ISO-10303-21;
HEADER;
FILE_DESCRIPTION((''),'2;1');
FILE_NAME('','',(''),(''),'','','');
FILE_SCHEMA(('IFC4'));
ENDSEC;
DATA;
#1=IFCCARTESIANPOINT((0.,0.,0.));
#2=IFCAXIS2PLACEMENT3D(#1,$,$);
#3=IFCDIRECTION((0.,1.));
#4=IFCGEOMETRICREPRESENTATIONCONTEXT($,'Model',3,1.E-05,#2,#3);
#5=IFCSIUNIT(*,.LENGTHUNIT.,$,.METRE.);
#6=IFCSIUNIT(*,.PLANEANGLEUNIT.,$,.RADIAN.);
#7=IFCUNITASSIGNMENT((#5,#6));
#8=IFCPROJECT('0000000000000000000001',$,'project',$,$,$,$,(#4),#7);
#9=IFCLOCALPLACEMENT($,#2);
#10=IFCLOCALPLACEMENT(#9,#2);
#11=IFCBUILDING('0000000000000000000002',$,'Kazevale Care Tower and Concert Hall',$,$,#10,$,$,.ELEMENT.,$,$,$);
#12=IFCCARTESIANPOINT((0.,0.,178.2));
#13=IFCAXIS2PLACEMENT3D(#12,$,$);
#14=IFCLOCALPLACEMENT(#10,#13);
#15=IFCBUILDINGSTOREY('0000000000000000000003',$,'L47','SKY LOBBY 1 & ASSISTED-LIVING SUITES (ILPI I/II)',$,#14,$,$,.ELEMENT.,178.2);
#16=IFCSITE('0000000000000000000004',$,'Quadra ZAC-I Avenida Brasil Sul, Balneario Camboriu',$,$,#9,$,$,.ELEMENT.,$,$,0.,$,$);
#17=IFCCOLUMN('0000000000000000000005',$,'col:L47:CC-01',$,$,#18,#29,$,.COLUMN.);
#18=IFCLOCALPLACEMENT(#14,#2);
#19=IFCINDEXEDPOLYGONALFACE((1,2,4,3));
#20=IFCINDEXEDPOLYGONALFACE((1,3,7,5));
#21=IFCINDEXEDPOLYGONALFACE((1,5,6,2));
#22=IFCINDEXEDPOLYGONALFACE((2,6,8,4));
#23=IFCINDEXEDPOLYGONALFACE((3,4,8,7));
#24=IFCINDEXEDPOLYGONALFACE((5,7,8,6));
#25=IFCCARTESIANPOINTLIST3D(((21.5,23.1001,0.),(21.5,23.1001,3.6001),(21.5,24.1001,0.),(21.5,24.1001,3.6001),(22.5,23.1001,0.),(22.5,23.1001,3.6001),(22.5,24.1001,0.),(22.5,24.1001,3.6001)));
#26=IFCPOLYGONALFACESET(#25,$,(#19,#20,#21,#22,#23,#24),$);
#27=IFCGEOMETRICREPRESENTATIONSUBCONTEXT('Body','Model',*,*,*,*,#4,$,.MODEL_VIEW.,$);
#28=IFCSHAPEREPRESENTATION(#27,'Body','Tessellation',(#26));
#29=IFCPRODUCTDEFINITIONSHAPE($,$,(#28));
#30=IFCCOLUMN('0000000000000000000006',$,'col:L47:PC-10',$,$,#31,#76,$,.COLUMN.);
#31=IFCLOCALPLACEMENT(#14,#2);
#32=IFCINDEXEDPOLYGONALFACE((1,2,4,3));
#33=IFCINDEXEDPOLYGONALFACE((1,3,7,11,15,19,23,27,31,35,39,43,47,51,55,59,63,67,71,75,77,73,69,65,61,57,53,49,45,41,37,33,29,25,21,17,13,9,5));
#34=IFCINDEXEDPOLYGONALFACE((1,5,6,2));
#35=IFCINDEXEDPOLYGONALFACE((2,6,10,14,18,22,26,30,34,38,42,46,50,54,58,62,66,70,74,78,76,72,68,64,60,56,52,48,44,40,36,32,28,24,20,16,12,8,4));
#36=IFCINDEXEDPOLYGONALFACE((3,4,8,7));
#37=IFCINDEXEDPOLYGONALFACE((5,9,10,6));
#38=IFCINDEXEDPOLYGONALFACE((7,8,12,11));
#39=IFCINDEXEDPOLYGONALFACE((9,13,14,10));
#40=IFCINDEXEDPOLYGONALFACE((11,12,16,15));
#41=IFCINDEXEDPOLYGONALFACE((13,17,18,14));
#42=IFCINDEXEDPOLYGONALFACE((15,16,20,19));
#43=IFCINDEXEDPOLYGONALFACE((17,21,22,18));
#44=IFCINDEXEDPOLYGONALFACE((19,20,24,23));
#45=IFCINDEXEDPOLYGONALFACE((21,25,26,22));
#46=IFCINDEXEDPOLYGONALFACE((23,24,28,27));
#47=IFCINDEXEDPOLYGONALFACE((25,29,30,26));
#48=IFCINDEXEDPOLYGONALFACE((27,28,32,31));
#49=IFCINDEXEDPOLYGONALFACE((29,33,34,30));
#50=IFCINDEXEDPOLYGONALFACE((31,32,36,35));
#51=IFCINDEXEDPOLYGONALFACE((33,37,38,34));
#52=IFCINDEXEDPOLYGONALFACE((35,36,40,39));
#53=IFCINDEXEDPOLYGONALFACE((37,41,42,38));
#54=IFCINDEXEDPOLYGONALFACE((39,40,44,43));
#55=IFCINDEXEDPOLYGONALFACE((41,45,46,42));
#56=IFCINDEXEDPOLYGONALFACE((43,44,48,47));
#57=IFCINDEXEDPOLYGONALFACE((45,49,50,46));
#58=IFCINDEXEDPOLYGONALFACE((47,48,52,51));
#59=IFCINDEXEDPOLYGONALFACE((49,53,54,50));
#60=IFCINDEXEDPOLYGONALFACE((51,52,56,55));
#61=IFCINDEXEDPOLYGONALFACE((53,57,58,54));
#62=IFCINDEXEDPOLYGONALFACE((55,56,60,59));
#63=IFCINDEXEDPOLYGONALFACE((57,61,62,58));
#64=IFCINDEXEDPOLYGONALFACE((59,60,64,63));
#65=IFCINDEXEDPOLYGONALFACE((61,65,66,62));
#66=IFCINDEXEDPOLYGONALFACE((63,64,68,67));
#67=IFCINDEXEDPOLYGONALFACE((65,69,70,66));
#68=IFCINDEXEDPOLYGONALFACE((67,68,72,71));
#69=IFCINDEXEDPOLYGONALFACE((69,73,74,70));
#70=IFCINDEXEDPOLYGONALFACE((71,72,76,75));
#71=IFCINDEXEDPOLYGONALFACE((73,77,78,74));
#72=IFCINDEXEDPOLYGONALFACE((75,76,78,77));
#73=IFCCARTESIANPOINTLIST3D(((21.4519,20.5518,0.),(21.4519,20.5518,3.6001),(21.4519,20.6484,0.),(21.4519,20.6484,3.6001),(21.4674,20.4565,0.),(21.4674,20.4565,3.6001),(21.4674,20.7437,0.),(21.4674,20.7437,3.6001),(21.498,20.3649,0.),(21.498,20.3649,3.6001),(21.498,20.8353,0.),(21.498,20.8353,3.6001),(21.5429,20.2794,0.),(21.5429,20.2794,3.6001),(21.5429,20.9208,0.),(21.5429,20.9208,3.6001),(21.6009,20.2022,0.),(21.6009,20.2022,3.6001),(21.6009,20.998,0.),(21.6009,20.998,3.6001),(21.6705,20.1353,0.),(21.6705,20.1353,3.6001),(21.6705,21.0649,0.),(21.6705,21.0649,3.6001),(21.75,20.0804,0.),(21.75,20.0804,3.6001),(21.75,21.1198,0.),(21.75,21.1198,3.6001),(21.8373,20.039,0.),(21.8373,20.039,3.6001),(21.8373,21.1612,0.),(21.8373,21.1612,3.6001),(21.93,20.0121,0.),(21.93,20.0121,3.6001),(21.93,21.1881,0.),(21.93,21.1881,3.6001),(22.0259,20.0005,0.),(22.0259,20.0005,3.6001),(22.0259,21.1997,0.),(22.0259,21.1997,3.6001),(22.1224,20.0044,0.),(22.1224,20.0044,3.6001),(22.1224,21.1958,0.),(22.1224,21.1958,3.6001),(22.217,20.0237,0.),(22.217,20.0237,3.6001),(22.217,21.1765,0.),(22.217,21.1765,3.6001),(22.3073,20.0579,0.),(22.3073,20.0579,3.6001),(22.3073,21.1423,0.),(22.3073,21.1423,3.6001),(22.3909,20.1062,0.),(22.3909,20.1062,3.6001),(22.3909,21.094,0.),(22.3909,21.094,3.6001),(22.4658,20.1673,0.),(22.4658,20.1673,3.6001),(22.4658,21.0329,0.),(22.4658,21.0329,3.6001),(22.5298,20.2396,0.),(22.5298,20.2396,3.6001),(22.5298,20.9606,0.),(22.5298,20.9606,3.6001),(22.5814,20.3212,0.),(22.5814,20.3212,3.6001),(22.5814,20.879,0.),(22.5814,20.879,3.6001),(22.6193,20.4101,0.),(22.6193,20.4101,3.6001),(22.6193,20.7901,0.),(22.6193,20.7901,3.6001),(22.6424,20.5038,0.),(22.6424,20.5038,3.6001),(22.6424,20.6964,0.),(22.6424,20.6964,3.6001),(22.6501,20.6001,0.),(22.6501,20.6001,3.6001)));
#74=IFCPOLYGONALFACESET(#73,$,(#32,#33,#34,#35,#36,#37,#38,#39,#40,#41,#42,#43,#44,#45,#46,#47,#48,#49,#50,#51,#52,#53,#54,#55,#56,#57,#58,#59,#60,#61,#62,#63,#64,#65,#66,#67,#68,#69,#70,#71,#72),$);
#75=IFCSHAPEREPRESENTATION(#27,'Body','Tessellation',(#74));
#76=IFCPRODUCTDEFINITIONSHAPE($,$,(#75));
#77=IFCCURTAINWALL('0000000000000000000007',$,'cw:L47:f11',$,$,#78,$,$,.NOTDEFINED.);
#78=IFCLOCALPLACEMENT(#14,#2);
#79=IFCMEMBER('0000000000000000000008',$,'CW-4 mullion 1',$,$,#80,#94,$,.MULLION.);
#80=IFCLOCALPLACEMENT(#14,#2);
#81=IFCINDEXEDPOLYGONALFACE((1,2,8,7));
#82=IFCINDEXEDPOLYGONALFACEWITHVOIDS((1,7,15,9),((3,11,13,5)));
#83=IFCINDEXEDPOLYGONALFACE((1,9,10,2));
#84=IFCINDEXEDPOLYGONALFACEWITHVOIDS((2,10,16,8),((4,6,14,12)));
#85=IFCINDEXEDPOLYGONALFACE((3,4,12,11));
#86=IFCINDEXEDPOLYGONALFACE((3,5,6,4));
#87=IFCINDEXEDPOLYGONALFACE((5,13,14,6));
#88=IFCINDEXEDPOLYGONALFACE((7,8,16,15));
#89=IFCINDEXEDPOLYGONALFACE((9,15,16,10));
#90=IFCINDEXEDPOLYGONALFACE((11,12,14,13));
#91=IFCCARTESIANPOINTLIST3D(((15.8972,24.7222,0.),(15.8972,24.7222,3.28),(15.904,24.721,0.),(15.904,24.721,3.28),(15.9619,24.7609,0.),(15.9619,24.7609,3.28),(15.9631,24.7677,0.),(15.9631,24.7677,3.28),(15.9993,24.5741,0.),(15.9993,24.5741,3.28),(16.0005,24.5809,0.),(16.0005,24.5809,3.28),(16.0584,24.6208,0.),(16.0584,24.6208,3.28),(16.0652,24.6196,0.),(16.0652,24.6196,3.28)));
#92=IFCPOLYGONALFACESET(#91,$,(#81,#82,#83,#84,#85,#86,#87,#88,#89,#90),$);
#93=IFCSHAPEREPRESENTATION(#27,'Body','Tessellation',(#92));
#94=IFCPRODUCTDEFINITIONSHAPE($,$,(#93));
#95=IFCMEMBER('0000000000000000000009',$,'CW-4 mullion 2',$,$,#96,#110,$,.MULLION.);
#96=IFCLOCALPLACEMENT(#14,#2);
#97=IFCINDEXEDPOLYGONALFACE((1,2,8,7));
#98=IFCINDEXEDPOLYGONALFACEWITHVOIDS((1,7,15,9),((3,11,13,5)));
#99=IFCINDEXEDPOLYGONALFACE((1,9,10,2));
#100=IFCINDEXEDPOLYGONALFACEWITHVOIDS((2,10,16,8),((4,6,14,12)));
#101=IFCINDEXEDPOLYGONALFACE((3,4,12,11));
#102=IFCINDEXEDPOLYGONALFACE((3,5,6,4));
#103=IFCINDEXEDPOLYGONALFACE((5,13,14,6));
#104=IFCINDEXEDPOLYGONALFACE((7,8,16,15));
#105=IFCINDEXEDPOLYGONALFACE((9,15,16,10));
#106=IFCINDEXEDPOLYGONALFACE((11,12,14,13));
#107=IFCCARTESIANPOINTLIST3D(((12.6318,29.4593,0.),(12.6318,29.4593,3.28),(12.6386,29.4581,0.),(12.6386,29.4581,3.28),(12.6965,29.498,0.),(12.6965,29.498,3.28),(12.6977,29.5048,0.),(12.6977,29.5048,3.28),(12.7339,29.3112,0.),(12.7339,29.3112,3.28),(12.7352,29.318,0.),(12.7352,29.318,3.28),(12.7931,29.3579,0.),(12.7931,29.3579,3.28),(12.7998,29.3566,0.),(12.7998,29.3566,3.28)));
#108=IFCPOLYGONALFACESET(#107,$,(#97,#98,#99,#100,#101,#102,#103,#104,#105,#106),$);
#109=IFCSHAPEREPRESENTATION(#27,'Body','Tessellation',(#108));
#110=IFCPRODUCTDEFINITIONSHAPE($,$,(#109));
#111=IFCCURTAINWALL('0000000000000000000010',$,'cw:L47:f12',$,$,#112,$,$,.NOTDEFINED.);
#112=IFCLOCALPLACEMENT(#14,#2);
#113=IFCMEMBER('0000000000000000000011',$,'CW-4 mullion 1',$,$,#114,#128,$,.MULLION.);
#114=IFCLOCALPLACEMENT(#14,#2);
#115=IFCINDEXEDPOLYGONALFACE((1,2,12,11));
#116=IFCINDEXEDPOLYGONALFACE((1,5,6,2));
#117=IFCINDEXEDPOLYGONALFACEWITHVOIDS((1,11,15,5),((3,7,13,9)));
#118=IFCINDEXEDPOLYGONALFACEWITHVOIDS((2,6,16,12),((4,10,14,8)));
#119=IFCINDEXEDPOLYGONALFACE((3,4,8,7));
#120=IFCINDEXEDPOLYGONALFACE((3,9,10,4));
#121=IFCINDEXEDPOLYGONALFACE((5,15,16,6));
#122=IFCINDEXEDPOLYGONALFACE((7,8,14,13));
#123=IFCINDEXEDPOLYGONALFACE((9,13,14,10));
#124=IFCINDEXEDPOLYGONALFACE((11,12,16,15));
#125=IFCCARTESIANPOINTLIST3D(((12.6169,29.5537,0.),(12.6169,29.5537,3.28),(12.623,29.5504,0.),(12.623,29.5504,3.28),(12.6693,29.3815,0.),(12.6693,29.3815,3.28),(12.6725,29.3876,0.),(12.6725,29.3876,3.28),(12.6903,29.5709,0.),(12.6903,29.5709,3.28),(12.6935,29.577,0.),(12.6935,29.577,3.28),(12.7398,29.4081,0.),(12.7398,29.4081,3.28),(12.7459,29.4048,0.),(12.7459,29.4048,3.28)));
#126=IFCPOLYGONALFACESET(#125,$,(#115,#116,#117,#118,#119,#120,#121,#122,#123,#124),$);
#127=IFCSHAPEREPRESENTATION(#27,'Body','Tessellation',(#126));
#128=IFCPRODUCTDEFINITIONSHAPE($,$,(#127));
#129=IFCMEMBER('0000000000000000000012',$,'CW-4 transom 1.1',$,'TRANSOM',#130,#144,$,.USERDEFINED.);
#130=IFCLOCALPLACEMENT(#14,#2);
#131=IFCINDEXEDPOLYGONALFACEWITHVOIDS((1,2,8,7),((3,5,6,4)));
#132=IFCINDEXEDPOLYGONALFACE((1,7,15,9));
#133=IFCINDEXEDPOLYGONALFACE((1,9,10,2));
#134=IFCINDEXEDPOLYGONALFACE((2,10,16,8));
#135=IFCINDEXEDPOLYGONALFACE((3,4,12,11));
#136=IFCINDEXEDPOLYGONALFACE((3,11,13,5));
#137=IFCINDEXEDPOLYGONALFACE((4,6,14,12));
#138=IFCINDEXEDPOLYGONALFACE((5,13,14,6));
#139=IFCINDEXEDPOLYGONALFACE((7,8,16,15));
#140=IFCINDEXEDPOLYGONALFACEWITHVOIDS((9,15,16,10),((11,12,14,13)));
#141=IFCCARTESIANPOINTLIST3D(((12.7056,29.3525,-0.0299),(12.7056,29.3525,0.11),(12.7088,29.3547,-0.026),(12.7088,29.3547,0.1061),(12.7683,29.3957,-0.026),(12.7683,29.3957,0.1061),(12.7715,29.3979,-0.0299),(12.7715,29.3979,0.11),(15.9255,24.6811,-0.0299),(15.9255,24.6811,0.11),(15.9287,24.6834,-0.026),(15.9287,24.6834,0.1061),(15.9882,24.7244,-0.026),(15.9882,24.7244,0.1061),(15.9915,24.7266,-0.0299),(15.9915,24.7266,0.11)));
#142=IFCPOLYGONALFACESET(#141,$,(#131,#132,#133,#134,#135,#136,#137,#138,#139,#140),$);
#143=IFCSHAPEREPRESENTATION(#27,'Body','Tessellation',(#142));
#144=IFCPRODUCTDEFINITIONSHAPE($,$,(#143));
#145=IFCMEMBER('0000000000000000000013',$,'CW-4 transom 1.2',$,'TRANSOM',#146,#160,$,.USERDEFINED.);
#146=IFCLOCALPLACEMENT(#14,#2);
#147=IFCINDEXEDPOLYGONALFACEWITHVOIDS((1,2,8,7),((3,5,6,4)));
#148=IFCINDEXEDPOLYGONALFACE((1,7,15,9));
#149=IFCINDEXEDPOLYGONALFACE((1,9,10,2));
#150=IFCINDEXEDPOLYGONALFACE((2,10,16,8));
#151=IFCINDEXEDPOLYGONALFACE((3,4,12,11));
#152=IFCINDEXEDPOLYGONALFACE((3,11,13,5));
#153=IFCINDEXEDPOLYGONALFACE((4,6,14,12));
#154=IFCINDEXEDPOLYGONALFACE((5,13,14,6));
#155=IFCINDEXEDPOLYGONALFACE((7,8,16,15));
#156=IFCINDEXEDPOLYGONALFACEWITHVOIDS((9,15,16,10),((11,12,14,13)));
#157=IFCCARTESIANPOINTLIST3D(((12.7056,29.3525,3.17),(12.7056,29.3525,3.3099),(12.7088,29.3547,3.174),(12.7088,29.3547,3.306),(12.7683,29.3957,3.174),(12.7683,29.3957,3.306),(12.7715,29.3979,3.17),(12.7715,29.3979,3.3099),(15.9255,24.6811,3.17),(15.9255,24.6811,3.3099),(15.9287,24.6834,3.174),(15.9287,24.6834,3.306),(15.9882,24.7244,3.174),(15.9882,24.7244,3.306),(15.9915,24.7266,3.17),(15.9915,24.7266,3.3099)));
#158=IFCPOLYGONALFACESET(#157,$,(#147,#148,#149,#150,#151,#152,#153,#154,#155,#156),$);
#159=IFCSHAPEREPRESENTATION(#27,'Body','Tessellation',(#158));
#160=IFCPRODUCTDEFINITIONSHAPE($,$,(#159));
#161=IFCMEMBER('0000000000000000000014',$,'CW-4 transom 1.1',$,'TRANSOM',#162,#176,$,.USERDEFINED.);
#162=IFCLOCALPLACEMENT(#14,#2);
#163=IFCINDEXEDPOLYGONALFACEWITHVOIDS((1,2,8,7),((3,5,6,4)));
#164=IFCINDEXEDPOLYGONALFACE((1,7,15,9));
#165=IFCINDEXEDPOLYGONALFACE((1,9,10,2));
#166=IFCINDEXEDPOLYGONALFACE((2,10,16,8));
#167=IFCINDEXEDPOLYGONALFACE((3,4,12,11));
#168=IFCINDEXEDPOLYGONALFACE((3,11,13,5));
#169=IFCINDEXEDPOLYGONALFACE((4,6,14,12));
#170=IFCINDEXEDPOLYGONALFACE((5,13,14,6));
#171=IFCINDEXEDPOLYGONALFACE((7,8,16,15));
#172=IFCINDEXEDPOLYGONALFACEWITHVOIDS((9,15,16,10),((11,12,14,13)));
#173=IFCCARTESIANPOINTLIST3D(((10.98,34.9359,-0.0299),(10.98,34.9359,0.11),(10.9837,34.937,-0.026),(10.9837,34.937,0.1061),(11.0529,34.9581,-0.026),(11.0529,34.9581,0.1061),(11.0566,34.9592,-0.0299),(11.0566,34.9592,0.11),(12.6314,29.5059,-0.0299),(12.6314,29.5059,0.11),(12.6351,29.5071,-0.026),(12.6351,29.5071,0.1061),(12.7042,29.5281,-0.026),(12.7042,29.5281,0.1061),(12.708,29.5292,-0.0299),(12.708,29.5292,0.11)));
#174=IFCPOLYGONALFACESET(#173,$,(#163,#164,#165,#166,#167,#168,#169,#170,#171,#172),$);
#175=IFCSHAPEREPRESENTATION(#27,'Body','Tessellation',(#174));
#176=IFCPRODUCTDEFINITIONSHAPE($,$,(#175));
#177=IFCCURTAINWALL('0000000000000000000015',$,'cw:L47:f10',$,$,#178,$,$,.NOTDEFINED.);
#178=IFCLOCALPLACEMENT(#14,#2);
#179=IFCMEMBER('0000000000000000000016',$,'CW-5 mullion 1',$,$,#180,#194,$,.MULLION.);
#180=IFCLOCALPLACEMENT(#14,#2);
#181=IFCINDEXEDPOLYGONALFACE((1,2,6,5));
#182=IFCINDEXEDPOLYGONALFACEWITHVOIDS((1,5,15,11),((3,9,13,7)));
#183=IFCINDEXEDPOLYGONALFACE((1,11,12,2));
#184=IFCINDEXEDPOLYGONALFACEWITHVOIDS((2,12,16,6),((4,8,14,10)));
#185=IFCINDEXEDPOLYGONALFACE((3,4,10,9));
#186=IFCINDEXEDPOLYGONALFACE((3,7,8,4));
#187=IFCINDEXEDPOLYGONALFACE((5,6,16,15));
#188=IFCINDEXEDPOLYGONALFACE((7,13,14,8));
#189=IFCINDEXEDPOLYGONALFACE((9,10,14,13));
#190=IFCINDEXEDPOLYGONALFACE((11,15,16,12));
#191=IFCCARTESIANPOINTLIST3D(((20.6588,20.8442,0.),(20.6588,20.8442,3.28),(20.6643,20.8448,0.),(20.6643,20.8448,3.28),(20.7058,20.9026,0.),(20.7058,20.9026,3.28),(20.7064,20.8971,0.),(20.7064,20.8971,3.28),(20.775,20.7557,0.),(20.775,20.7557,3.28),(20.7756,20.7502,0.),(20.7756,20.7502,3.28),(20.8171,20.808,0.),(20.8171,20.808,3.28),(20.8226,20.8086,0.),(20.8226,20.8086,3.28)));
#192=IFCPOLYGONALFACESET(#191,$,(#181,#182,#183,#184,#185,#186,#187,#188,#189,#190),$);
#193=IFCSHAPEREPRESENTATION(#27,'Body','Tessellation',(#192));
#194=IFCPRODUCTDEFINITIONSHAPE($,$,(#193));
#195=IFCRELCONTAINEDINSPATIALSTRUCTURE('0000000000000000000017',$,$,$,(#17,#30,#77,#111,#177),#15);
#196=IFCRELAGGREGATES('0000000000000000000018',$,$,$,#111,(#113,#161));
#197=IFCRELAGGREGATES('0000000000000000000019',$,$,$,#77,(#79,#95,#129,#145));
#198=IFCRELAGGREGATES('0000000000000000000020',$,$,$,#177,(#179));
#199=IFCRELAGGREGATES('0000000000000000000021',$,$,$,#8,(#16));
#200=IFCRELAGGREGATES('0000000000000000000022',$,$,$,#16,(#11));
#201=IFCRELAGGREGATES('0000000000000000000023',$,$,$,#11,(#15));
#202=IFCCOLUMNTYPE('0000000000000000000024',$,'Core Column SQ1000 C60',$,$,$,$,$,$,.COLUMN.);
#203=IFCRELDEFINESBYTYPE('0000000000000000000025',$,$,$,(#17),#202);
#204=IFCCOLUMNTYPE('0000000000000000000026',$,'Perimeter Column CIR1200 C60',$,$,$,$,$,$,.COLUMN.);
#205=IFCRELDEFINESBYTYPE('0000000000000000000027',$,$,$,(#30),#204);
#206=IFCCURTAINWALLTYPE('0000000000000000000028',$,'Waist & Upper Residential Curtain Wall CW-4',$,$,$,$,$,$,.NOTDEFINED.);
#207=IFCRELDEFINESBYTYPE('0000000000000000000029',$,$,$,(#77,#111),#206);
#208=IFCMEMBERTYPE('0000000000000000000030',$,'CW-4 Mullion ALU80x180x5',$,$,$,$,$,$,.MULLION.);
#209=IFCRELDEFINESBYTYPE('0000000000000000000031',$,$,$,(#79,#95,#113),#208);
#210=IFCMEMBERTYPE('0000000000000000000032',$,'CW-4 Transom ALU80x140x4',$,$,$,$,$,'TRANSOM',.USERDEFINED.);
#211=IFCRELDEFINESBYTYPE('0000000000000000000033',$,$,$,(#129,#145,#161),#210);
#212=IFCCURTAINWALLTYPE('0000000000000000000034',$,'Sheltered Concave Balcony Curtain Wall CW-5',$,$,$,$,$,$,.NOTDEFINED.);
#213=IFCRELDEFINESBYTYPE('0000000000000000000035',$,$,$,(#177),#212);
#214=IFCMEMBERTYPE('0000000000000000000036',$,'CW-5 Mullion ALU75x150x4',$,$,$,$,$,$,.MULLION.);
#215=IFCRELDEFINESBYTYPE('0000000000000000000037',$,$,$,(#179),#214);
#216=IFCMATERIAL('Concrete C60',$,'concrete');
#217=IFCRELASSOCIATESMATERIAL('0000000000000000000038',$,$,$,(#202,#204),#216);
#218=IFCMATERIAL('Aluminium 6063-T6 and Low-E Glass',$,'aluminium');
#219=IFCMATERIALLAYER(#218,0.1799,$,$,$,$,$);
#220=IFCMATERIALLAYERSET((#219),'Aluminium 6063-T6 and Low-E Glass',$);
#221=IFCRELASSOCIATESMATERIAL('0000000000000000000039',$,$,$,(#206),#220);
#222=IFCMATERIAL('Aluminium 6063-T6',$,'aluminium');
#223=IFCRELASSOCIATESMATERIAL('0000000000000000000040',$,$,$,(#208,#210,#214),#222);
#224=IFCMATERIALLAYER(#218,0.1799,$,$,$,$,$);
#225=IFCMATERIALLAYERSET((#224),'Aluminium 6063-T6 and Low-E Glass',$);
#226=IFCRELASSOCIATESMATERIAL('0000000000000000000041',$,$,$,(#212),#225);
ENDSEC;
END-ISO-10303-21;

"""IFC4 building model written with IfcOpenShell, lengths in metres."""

from ifc_helpers import new_model, si_unit, direction, frame, origin, origin_2d, place, context, subcontext, project, spatial, rectangle, hollow_rectangle, circle, extrude, material, layer, layer_set, material_profile, profile_set, type_object, element, aggregate, save


model = new_model("IFC4")

# Units and contexts
model_context = context("Model", 3, precision=1e-05, world=origin(), true_north=direction((0.0, 1.0)))
body_context = subcontext(model_context, "Body", "Model", "MODEL_VIEW")
ifc_project = project(units=[si_unit("LENGTHUNIT", "METRE"), si_unit("PLANEANGLEUNIT", "RADIAN")], contexts=[model_context])

# Site, building, storey
site_placement = place(None, origin())
site = spatial("IfcSite", under=ifc_project, at=site_placement, Name="Quadra ZAC-I Avenida Brasil Sul, Balneario Camboriu", CompositionType="ELEMENT", RefElevation=0.0)
building_placement = place(site_placement, origin())
building = spatial("IfcBuilding", under=site, at=building_placement, Name="Kazevale Care Tower and Concert Hall", CompositionType="ELEMENT")
storey_placement = place(building_placement, frame((0.0, 0.0, 178.2)))
storey = spatial("IfcBuildingStorey", under=building, at=storey_placement, Name="L47", Description="SKY LOBBY 1 & ASSISTED-LIVING SUITES (ILPI I/II)", CompositionType="ELEMENT", Elevation=178.2)

# Columns
ifc_material_1 = material(Name="Concrete C60", Category="concrete")
ifc_material_profile_1 = material_profile(ifc_material_1, rectangle(XDim=1.0, YDim=1.0, at=origin_2d()), Name="RC-SQ1000")
ifc_profile_set_1 = profile_set([ifc_material_profile_1], Name="Concrete C60")
column_type_1 = type_object("IfcColumnType", Name="Core Column SQ1000 C60", PredefinedType="COLUMN", material=ifc_profile_set_1)
column_1_placement = place(storey_placement, frame((22.0, 23.6001, 0.0), z_axis=(0.0, 0.0, 1.0), x_axis=(1.0, 0.0, 0.0)))
element("IfcColumn", 1, at=column_1_placement, inside=storey, type_object=column_type_1, Name="col:L47:CC-01", PredefinedType="COLUMN", context=body_context, shape_type="SweptSolid", body=[
    extrude(rectangle(XDim=1.0, YDim=1.0, at=origin_2d()), origin(), (0.0, 0.0, 1.0), 3.6001),
])
ifc_material_profile_2 = material_profile(ifc_material_1, circle(Radius=0.6001, at=origin_2d()), Name="RC-CIR1200")
ifc_profile_set_2 = profile_set([ifc_material_profile_2], Name="Concrete C60")
column_type_2 = type_object("IfcColumnType", Name="Perimeter Column CIR1200 C60", PredefinedType="COLUMN", material=ifc_profile_set_2)
column_2_placement = place(storey_placement, frame((22.05, 20.6001, 0.0), z_axis=(0.0, 0.0, 1.0), x_axis=(1.0, 0.0, 0.0)))
element("IfcColumn", 2, at=column_2_placement, inside=storey, type_object=column_type_2, Name="col:L47:PC-10", PredefinedType="COLUMN", context=body_context, shape_type="SweptSolid", body=[
    extrude(circle(Radius=0.6001, at=origin_2d()), origin(), (0.0, 0.0, 1.0), 3.6001),
])

# Curtain wall, members
ifc_material_2 = material(Name="Aluminium 6063-T6 and Low-E Glass", Category="aluminium")
ifc_layer_1 = layer(ifc_material_2, 0.1799)
ifc_layer_set_1 = layer_set([ifc_layer_1], Name="Aluminium 6063-T6 and Low-E Glass")
curtain_wall_type_1 = type_object("IfcCurtainWallType", Name="Waist & Upper Residential Curtain Wall CW-4", PredefinedType="NOTDEFINED", material=ifc_layer_set_1)
curtain_wall_1_placement = place(storey_placement, origin())
curtain_wall_1 = element("IfcCurtainWall", 3, at=curtain_wall_1_placement, inside=storey, type_object=curtain_wall_type_1, Name="cw:L47:f11", PredefinedType="NOTDEFINED")
ifc_material_3 = material(Name="Aluminium 6063-T6", Category="aluminium")
ifc_material_profile_3 = material_profile(ifc_material_3, hollow_rectangle(XDim=0.0801, YDim=0.1799, WallThickness=0.0049, at=origin_2d()), Name="ALU80x180x5")
ifc_profile_set_3 = profile_set([ifc_material_profile_3], Name="Aluminium 6063-T6")
member_type_1 = type_object("IfcMemberType", Name="CW-4 Mullion ALU80x180x5", PredefinedType="MULLION", material=ifc_profile_set_3)
member_1_placement = place(storey_placement, frame((15.9812, 24.6709, 0.0), z_axis=(0.0, 0.0, 1.0), x_axis=(-0.823326, -0.567569, 0.0)))
member_1 = element("IfcMember", 4, at=member_1_placement, type_object=member_type_1, Name="CW-4 mullion 1", PredefinedType="MULLION", context=body_context, shape_type="SweptSolid", body=[
    extrude(hollow_rectangle(XDim=0.0801, YDim=0.1799, WallThickness=0.0049, at=origin_2d()), origin(), (0.0, 0.0, 1.0), 3.28),
])
member_2_placement = place(storey_placement, frame((12.7158, 29.408, 0.0), z_axis=(0.0, 0.0, 1.0), x_axis=(-0.823326, -0.567569, 0.0)))
member_2 = element("IfcMember", 5, at=member_2_placement, type_object=member_type_1, Name="CW-4 mullion 2", PredefinedType="MULLION", context=body_context, shape_type="SweptSolid", body=[
    extrude(hollow_rectangle(XDim=0.0801, YDim=0.1799, WallThickness=0.0049, at=origin_2d()), origin(), (0.0, 0.0, 1.0), 3.28),
])

# Curtain wall, member
curtain_wall_2_placement = place(storey_placement, origin())
curtain_wall_2 = element("IfcCurtainWall", 6, at=curtain_wall_2_placement, inside=storey, type_object=curtain_wall_type_1, Name="cw:L47:f12", PredefinedType="NOTDEFINED")
member_3_placement = place(storey_placement, frame((12.6814, 29.4792, 0.0), z_axis=(0.0, 0.0, 1.0), x_axis=(-0.95673, -0.290977, 0.0)))
member_3 = element("IfcMember", 7, at=member_3_placement, type_object=member_type_1, Name="CW-4 mullion 1", PredefinedType="MULLION", context=body_context, shape_type="SweptSolid", body=[
    extrude(hollow_rectangle(XDim=0.0801, YDim=0.1799, WallThickness=0.0049, at=origin_2d()), origin(), (0.0, 0.0, 1.0), 3.28),
])

# Members
ifc_material_profile_4 = material_profile(ifc_material_3, hollow_rectangle(XDim=0.0801, YDim=0.1399, WallThickness=0.0039, at=origin_2d()), Name="ALU80x140x4")
ifc_profile_set_4 = profile_set([ifc_material_profile_4], Name="Aluminium 6063-T6")
member_type_2 = type_object("IfcMemberType", Name="CW-4 Transom ALU80x140x4", ElementType="TRANSOM", PredefinedType="USERDEFINED", material=ifc_profile_set_4)
member_4_placement = place(storey_placement, frame((15.9585, 24.7039, 0.04), z_axis=(-0.567533, 0.823351, 0.0), x_axis=(-0.823351, -0.567533, 0.0)))
member_4 = element("IfcMember", 8, at=member_4_placement, type_object=member_type_2, Name="CW-4 transom 1.1", ObjectType="TRANSOM", PredefinedType="USERDEFINED", context=body_context, shape_type="SweptSolid", body=[
    extrude(hollow_rectangle(XDim=0.0801, YDim=0.1399, WallThickness=0.0039, at=origin_2d()), origin(), (0.0, 0.0, 1.0), 5.6736),
])
member_5_placement = place(storey_placement, frame((15.9585, 24.7039, 3.24), z_axis=(-0.567533, 0.823351, 0.0), x_axis=(-0.823351, -0.567533, 0.0)))
member_5 = element("IfcMember", 9, at=member_5_placement, type_object=member_type_2, Name="CW-4 transom 1.2", ObjectType="TRANSOM", PredefinedType="USERDEFINED", context=body_context, shape_type="SweptSolid", body=[
    extrude(hollow_rectangle(XDim=0.0801, YDim=0.1399, WallThickness=0.0039, at=origin_2d()), origin(), (0.0, 0.0, 1.0), 5.6736),
])
member_6_placement = place(storey_placement, frame((12.6697, 29.5176, 0.04), z_axis=(-0.290965, 0.956734, 0.0), x_axis=(-0.956734, -0.290965, 0.0)))
member_6 = element("IfcMember", 10, at=member_6_placement, type_object=member_type_2, Name="CW-4 transom 1.1", ObjectType="TRANSOM", PredefinedType="USERDEFINED", context=body_context, shape_type="SweptSolid", body=[
    extrude(hollow_rectangle(XDim=0.0801, YDim=0.1399, WallThickness=0.0039, at=origin_2d()), origin(), (0.0, 0.0, 1.0), 5.6755),
])
aggregate(curtain_wall_2, [member_3, member_6])

# Curtain wall, member
ifc_layer_2 = layer(ifc_material_2, 0.1799)
ifc_layer_set_2 = layer_set([ifc_layer_2], Name="Aluminium 6063-T6 and Low-E Glass")
curtain_wall_type_2 = type_object("IfcCurtainWallType", Name="Sheltered Concave Balcony Curtain Wall CW-5", PredefinedType="NOTDEFINED", material=ifc_layer_set_2)
curtain_wall_3_placement = place(storey_placement, origin())
curtain_wall_3 = element("IfcCurtainWall", 11, at=curtain_wall_3_placement, inside=storey, type_object=curtain_wall_type_2, Name="cw:L47:f10", PredefinedType="NOTDEFINED")
ifc_material_profile_5 = material_profile(ifc_material_3, hollow_rectangle(XDim=0.075, YDim=0.1499, WallThickness=0.0039, at=origin_2d()), Name="ALU75x150x4")
ifc_profile_set_5 = profile_set([ifc_material_profile_5], Name="Aluminium 6063-T6")
member_type_3 = type_object("IfcMemberType", Name="CW-5 Mullion ALU75x150x4", PredefinedType="MULLION", material=ifc_profile_set_5)
member_7_placement = place(storey_placement, frame((20.7407, 20.8264, 0.0), z_axis=(0.0, 0.0, 1.0), x_axis=(-0.626905, -0.779095, 0.0)))
member_7 = element("IfcMember", 12, at=member_7_placement, type_object=member_type_3, Name="CW-5 mullion 1", PredefinedType="MULLION", context=body_context, shape_type="SweptSolid", body=[
    extrude(hollow_rectangle(XDim=0.075, YDim=0.1499, WallThickness=0.0039, at=origin_2d()), origin(), (0.0, 0.0, 1.0), 3.28),
])

aggregate(curtain_wall_1, [member_1, member_2, member_4, member_5])
aggregate(curtain_wall_3, [member_7])

save(model, "model.ifc")
